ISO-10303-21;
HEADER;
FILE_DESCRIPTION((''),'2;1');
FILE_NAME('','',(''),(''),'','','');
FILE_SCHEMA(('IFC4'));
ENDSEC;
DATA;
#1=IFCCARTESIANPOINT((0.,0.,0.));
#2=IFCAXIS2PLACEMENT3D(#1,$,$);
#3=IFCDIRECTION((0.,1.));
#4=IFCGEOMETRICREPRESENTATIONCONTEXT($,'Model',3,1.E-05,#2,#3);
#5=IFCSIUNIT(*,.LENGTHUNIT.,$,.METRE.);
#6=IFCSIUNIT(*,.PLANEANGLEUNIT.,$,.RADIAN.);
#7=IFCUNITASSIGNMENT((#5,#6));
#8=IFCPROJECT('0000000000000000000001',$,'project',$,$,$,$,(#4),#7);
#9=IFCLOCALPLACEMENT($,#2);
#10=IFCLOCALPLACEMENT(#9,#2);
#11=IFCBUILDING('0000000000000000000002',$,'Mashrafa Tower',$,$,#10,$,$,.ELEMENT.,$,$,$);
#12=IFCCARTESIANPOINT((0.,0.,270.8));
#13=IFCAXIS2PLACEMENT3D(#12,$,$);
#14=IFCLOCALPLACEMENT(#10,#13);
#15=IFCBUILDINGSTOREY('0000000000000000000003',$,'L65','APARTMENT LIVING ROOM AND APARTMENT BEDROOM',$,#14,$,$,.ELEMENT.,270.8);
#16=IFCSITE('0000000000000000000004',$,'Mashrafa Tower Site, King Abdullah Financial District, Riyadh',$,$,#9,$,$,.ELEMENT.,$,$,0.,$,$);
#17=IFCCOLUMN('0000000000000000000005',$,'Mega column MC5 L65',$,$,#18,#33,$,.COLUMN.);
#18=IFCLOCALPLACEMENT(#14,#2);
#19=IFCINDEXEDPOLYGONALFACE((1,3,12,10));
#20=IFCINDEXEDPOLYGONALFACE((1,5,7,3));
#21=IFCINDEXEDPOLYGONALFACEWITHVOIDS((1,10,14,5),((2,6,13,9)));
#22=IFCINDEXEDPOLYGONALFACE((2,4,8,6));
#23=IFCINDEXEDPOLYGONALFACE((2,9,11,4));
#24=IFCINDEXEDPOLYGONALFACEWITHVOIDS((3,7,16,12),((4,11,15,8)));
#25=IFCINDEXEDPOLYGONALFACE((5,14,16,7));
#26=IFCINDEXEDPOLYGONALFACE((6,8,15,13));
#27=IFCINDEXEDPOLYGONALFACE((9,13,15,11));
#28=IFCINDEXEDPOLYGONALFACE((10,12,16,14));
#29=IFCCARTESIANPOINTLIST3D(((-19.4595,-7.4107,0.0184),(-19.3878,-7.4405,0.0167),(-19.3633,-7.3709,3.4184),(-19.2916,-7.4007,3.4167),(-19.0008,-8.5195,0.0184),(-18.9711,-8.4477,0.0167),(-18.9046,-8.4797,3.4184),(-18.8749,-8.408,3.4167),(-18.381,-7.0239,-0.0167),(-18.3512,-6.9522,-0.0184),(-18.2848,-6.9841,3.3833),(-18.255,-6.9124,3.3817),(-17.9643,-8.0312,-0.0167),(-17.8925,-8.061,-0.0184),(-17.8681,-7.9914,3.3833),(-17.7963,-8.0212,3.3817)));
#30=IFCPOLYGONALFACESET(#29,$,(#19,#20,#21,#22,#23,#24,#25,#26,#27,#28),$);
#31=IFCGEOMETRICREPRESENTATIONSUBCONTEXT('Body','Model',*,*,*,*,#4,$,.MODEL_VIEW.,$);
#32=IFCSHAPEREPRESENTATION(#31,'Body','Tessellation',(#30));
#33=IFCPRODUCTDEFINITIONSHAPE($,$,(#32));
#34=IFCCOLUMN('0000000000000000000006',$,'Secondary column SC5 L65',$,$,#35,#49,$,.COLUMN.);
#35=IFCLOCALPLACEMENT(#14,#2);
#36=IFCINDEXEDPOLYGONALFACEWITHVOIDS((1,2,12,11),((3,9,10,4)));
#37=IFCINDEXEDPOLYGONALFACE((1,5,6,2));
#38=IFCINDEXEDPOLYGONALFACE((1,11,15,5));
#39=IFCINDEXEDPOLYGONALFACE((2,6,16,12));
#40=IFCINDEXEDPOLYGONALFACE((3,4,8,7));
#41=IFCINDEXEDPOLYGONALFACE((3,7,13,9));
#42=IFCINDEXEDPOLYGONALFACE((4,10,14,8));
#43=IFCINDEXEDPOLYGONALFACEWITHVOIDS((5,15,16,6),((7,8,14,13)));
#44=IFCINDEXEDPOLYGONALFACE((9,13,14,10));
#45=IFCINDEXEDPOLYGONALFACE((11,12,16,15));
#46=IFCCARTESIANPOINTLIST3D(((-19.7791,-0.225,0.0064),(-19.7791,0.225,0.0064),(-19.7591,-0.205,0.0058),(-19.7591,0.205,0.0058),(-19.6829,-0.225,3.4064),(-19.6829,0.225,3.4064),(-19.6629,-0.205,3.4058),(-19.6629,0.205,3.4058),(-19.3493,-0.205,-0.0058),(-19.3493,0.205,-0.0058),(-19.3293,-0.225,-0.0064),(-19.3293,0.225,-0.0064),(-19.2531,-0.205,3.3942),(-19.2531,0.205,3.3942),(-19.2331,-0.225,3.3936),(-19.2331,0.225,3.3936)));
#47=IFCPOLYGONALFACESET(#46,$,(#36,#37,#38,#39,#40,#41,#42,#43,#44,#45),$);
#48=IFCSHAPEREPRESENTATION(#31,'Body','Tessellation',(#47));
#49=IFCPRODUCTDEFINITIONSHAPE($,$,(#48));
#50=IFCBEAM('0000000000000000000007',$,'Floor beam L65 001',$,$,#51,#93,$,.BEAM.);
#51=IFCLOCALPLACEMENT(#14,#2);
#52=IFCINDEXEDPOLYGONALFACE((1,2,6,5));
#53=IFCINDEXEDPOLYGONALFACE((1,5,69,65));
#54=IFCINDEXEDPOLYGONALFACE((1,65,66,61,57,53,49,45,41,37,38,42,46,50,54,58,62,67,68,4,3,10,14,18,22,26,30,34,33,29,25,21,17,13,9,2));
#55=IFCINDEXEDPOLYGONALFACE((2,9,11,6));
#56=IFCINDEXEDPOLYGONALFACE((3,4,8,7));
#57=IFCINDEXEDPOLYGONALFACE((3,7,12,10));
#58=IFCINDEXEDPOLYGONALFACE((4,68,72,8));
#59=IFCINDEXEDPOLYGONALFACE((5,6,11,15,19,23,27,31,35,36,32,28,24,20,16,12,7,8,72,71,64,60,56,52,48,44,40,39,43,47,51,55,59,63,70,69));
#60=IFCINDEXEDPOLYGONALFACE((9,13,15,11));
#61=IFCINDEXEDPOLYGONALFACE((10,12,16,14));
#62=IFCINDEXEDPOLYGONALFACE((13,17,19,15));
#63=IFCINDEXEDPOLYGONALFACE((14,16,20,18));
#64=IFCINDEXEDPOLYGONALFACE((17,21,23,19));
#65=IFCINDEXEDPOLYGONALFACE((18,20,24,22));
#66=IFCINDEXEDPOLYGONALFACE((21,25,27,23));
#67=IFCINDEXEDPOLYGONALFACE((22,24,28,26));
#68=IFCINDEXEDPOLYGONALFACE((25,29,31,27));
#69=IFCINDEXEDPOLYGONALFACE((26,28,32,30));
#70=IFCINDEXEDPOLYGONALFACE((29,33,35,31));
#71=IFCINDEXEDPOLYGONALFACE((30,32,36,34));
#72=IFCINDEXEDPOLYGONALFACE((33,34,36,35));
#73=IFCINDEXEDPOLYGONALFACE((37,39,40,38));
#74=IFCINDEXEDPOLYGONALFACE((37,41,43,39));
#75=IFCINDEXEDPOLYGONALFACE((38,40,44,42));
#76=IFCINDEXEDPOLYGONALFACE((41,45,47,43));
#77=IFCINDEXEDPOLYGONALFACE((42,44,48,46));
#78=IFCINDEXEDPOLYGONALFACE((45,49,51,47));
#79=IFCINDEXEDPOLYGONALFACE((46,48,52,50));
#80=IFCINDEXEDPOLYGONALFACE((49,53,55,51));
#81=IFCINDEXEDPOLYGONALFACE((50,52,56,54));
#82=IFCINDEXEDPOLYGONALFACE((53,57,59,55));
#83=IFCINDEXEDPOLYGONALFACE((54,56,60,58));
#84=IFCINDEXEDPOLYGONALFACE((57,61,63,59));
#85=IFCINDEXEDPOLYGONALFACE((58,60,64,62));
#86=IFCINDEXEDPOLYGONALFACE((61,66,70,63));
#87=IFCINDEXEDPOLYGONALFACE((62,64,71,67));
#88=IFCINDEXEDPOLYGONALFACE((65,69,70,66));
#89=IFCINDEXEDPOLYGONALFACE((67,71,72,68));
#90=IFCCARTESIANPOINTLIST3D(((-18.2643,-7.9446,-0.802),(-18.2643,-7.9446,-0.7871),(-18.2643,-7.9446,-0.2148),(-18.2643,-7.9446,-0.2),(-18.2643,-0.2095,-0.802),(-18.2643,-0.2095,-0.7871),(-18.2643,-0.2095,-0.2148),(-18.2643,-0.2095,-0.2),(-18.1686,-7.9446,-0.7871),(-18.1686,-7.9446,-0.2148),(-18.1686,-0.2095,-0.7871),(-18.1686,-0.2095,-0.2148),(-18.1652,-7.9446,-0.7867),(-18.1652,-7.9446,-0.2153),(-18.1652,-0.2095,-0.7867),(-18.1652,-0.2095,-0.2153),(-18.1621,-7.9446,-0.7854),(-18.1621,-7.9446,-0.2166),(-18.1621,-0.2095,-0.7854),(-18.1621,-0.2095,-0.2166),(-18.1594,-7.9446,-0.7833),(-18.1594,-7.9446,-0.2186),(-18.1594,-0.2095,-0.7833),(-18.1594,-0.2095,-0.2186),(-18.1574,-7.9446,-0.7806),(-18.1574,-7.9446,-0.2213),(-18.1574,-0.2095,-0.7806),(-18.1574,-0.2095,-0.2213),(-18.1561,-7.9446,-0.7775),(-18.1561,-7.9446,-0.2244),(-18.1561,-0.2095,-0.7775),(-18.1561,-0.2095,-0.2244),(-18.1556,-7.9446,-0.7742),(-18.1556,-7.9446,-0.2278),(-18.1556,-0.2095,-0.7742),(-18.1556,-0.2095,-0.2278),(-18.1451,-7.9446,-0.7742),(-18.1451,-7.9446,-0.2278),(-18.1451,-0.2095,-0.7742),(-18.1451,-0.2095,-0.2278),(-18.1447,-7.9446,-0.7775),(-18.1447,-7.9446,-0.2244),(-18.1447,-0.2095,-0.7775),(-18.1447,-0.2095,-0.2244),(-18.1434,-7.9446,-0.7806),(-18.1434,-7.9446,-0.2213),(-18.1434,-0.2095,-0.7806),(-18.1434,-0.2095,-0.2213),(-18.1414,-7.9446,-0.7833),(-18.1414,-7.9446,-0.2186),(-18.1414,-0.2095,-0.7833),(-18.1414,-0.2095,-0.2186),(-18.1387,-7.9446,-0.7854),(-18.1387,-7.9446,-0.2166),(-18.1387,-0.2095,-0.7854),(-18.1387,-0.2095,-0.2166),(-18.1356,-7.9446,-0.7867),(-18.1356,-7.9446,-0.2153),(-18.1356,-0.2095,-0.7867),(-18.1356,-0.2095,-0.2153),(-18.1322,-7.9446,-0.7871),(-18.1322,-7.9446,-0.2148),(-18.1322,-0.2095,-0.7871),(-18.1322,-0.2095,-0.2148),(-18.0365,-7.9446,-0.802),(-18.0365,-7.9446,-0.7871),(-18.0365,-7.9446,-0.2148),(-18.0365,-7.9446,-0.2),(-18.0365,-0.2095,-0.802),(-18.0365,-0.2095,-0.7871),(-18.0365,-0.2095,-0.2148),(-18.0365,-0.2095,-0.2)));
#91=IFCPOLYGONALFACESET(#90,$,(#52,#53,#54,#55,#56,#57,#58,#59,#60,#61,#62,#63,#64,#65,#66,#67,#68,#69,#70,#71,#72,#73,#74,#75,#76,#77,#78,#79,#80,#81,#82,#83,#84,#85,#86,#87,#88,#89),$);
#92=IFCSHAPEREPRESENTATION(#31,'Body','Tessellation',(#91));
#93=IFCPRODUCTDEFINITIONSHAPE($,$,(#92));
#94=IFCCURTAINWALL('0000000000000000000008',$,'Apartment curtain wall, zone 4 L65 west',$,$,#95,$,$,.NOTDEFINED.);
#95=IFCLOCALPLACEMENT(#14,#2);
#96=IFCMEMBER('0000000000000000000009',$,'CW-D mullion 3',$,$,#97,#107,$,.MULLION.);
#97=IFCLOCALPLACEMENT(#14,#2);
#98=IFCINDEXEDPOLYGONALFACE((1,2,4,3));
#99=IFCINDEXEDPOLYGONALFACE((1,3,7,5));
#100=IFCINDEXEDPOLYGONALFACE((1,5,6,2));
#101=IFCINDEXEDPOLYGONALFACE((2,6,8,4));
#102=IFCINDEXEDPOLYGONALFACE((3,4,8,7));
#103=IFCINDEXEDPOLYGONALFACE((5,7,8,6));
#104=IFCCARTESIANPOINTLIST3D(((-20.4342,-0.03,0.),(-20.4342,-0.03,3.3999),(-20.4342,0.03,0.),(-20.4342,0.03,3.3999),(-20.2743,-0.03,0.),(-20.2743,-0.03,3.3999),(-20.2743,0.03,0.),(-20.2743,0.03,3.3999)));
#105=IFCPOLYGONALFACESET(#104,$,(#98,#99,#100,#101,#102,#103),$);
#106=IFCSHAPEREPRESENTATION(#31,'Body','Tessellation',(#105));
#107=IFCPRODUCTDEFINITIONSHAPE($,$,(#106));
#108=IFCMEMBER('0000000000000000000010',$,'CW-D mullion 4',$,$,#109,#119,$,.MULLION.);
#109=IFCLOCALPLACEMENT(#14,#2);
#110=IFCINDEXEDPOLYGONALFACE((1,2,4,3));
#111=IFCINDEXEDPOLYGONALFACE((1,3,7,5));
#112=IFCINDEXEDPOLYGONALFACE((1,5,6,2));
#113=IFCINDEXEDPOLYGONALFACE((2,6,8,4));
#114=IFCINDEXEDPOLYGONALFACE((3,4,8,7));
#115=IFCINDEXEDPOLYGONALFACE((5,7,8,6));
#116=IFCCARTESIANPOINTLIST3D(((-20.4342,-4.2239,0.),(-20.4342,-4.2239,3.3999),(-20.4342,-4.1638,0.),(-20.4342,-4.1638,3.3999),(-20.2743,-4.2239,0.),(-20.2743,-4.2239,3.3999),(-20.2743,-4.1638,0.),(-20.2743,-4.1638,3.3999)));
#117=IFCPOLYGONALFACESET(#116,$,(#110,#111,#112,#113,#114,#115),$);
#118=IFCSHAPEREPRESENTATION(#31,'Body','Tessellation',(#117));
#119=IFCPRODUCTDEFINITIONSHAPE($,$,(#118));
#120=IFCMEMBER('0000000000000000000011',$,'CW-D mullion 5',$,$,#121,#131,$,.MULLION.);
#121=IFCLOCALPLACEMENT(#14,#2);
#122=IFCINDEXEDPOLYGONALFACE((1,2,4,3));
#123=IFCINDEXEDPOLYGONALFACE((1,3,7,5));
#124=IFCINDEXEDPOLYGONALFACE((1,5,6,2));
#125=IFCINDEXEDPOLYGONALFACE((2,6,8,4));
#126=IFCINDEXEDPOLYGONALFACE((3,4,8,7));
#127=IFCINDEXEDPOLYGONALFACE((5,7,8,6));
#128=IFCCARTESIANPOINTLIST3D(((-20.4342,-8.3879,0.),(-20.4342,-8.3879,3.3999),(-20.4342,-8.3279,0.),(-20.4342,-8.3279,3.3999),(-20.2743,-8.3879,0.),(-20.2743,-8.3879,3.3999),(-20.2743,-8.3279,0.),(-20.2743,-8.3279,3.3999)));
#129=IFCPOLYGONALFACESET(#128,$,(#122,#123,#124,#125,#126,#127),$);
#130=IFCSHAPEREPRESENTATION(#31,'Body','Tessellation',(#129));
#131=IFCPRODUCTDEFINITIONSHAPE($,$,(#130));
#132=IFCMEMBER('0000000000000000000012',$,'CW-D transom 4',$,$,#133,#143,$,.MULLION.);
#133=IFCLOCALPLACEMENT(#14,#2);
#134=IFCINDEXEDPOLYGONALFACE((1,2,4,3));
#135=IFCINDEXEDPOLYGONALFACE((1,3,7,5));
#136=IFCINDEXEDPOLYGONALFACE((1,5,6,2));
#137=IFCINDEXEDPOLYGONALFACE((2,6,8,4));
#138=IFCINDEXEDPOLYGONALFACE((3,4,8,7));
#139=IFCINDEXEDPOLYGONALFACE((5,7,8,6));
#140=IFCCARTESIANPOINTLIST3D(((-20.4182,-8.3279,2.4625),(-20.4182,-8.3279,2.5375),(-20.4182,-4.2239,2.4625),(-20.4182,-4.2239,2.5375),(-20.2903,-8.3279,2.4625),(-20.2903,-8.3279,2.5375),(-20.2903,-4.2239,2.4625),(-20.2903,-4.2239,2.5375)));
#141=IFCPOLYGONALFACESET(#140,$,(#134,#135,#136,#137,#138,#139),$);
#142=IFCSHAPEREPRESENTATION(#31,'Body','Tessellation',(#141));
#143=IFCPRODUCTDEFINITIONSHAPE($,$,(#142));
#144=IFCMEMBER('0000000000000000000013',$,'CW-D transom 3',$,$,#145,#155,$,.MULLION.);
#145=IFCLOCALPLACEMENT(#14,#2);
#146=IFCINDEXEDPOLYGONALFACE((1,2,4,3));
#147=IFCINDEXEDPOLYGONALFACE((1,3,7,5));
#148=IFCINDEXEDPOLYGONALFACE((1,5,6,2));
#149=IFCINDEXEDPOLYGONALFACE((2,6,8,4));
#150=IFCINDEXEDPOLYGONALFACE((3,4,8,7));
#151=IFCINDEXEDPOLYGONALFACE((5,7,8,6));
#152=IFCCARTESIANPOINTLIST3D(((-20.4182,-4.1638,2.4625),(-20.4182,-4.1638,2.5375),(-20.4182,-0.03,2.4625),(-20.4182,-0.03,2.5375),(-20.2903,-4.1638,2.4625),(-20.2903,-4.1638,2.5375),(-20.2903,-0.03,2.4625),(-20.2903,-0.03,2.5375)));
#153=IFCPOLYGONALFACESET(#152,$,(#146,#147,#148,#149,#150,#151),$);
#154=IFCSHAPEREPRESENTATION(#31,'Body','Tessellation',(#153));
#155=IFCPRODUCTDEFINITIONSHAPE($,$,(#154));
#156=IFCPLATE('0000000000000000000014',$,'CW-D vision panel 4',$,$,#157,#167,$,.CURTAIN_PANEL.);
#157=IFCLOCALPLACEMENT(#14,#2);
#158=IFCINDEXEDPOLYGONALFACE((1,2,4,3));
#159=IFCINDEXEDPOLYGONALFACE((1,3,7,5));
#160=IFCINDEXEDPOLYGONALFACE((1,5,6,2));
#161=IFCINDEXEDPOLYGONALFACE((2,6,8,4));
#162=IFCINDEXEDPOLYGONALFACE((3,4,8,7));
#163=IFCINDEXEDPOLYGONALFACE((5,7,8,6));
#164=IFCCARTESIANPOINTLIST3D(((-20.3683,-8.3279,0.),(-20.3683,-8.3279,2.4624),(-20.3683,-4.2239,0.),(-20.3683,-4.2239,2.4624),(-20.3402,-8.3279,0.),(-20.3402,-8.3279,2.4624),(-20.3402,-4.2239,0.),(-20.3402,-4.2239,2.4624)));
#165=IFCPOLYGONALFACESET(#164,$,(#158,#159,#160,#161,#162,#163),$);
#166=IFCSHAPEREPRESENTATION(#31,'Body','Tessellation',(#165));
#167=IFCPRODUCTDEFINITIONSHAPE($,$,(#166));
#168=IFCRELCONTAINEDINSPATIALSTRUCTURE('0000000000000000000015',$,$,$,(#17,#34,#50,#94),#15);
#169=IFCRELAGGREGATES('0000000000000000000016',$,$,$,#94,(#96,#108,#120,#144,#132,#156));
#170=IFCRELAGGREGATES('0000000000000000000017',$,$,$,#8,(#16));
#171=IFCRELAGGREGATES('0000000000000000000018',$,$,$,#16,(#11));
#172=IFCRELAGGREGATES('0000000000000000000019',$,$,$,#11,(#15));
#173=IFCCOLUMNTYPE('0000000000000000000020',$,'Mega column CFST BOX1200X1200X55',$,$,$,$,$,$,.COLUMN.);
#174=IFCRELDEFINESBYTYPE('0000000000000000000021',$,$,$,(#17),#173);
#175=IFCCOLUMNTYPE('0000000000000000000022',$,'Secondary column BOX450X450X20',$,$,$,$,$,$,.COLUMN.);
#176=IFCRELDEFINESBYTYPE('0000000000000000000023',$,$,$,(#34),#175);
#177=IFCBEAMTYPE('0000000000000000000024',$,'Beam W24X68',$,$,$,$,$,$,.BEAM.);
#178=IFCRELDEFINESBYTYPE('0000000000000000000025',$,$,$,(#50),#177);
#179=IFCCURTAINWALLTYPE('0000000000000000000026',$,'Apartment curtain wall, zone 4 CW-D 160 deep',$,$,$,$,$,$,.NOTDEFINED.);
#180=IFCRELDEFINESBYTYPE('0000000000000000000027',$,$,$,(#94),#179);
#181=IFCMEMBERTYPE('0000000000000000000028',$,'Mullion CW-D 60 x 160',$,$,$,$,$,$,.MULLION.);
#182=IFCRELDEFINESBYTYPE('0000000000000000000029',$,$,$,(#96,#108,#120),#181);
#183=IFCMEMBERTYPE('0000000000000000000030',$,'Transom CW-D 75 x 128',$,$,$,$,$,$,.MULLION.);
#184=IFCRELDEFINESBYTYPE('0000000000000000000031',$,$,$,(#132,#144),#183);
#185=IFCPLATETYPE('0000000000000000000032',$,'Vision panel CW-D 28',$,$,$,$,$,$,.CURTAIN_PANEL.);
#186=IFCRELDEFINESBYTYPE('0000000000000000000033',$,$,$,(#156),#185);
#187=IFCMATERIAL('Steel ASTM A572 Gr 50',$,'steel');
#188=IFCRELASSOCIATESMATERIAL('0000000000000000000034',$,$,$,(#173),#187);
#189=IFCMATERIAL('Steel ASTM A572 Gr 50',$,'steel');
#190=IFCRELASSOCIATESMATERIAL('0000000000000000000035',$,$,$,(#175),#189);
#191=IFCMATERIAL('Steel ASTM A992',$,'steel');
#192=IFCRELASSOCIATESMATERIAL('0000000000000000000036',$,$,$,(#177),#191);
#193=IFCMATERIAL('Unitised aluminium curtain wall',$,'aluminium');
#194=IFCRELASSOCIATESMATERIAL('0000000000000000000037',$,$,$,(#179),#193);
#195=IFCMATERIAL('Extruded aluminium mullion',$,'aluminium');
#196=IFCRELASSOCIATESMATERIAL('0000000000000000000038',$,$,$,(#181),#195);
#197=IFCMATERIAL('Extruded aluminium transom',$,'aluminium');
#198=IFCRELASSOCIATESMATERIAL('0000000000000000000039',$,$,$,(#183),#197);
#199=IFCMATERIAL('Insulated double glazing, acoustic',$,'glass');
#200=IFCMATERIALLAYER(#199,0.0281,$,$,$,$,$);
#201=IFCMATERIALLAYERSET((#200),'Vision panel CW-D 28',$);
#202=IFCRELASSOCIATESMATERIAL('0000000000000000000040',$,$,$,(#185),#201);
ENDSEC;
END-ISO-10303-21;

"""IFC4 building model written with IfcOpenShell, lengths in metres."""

from ifc_helpers import new_model, si_unit, direction, frame, origin, origin_2d, place, context, subcontext, project, spatial, rectangle, hollow_rectangle, i_section, extrude, source, transform, mapped, material, layer, layer_set, material_profile, profile_set, type_object, type_shapes, element, aggregate, save


model = new_model("IFC4")

# Units and contexts
model_context = context("Model", 3, precision=1e-05, world=origin(), true_north=direction((0.0, 1.0)))
body_context = subcontext(model_context, "Body", "Model", "MODEL_VIEW")
ifc_project = project(units=[si_unit("LENGTHUNIT", "METRE"), si_unit("PLANEANGLEUNIT", "RADIAN")], contexts=[model_context])

# Site, building, storey
site_placement = place(None, origin())
site = spatial("IfcSite", under=ifc_project, at=site_placement, Name="Mashrafa Tower Site, King Abdullah Financial District, Riyadh", CompositionType="ELEMENT", RefElevation=0.0)
building_placement = place(site_placement, origin())
building = spatial("IfcBuilding", under=site, at=building_placement, Name="Mashrafa Tower", CompositionType="ELEMENT")
storey_placement = place(building_placement, frame((0.0, 0.0, 270.8)))
storey = spatial("IfcBuildingStorey", under=building, at=storey_placement, Name="L65", Description="APARTMENT LIVING ROOM AND APARTMENT BEDROOM", CompositionType="ELEMENT", Elevation=270.8)

# Columns
ifc_material_1 = material(Name="Steel ASTM A572 Gr 50", Category="steel")
ifc_material_profile_1 = material_profile(ifc_material_1, hollow_rectangle(XDim=1.2, YDim=1.2, WallThickness=0.0549, at=origin_2d()), Name="BOX1200X1200X55")
ifc_profile_set_1 = profile_set([ifc_material_profile_1], Name="Steel ASTM A572 Gr 50")
column_type_1 = type_object("IfcColumnType", Name="Mega column CFST BOX1200X1200X55", PredefinedType="COLUMN", material=ifc_profile_set_1)
column_1_placement = place(storey_placement, frame((-18.676, -7.7358, 0.0), z_axis=(0.028279, 0.011699, 0.999532), x_axis=(-0.382283, 0.924045, 0.0)))
element("IfcColumn", 1, at=column_1_placement, inside=storey, type_object=column_type_1, Name="Mega column MC5 L65", PredefinedType="COLUMN", context=body_context, shape_type="SweptSolid", body=[
    extrude(hollow_rectangle(XDim=1.2, YDim=1.2, WallThickness=0.0549, at=origin_2d()), origin(), (0.0, 0.0, 1.0), 3.4016),
])
ifc_material_2 = material(Name="Steel ASTM A572 Gr 50", Category="steel")
ifc_material_profile_2 = material_profile(ifc_material_2, hollow_rectangle(XDim=0.45, YDim=0.45, WallThickness=0.02, at=origin_2d()), Name="BOX450X450X20")
ifc_profile_set_2 = profile_set([ifc_material_profile_2], Name="Steel ASTM A572 Gr 50")
column_type_2 = type_object("IfcColumnType", Name="Secondary column BOX450X450X20", PredefinedType="COLUMN", material=ifc_profile_set_2)
column_2_placement = place(storey_placement, frame((-19.5542, 0.0, 0.0), z_axis=(0.028281, 0.0, 0.9996), x_axis=(0.0, 1.0, 0.0)))
element("IfcColumn", 2, at=column_2_placement, inside=storey, type_object=column_type_2, Name="Secondary column SC5 L65", PredefinedType="COLUMN", context=body_context, shape_type="SweptSolid", body=[
    extrude(hollow_rectangle(XDim=0.45, YDim=0.45, WallThickness=0.02, at=origin_2d()), origin(), (0.0, 0.0, 1.0), 3.4014),
])

# Beam
ifc_material_3 = material(Name="Steel ASTM A992", Category="steel")
ifc_material_profile_3 = material_profile(ifc_material_3, i_section(OverallWidth=0.2278, OverallDepth=0.6021, WebThickness=0.0105, FlangeThickness=0.0149, FilletRadius=0.0129, at=origin_2d()), Name="W24X68")
ifc_profile_set_3 = profile_set([ifc_material_profile_3], Name="Steel ASTM A992")
beam_type = type_object("IfcBeamType", Name="Beam W24X68", PredefinedType="BEAM", material=ifc_profile_set_3)
beam_placement = place(storey_placement, frame((-18.1504, -7.9446, -0.501), z_axis=(0.0, 1.0, 0.0), x_axis=(-1.0, 0.0, 0.0)))
element("IfcBeam", 3, at=beam_placement, inside=storey, type_object=beam_type, Name="Floor beam L65 001", PredefinedType="BEAM", context=body_context, shape_type="SweptSolid", body=[
    extrude(i_section(OverallWidth=0.2278, OverallDepth=0.6021, WebThickness=0.0105, FlangeThickness=0.0149, FilletRadius=0.0129, at=origin_2d()), origin(), (0.0, 0.0, 1.0), 7.7351),
])

# Curtain wall, members, plate
ifc_material_4 = material(Name="Unitised aluminium curtain wall", Category="aluminium")
curtain_wall_type = type_object("IfcCurtainWallType", Name="Apartment curtain wall, zone 4 CW-D 160 deep", PredefinedType="NOTDEFINED", material=ifc_material_4)
curtain_wall_placement = place(storey_placement, origin())
curtain_wall = element("IfcCurtainWall", 4, at=curtain_wall_placement, inside=storey, type_object=curtain_wall_type, Name="Apartment curtain wall, zone 4 L65 west", PredefinedType="NOTDEFINED")
ifc_material_5 = material(Name="Extruded aluminium mullion", Category="aluminium")
ifc_material_profile_4 = material_profile(ifc_material_5, rectangle(XDim=0.1599, YDim=0.0601, at=origin_2d()), Name="Mullion 60x160")
ifc_profile_set_4 = profile_set([ifc_material_profile_4], Name="Extruded aluminium mullion")
member_type_1 = type_object("IfcMemberType", Name="Mullion CW-D 60 x 160", PredefinedType="MULLION", material=ifc_profile_set_4)
shared_shape_1 = source(origin(), body_context, "Body", "SweptSolid", [
    extrude(rectangle(XDim=0.1599, YDim=0.0601, at=origin_2d()), origin(), (0.0, 0.0, 1.0), 3.3999),
])
type_shapes(member_type_1, [shared_shape_1])
member_1_placement = place(storey_placement, frame((-20.3542, 0.0, 0.0), z_axis=(0.0, 0.0, 1.0), x_axis=(1.0, 0.0, 0.0)))
member_1 = element("IfcMember", 5, at=member_1_placement, type_object=member_type_1, Name="CW-D mullion 3", PredefinedType="MULLION", context=body_context, shape_type="MappedRepresentation", body=[
    mapped(shared_shape_1, transform((0.0, 0.0, 0.0))),
])
member_2_placement = place(storey_placement, frame((-20.3542, -4.1938, 0.0), z_axis=(0.0, 0.0, 1.0), x_axis=(1.0, 0.0, 0.0)))
member_2 = element("IfcMember", 6, at=member_2_placement, type_object=member_type_1, Name="CW-D mullion 4", PredefinedType="MULLION", context=body_context, shape_type="MappedRepresentation", body=[
    mapped(shared_shape_1, transform((0.0, 0.0, 0.0))),
])
member_3_placement = place(storey_placement, frame((-20.3542, -8.3579, 0.0), z_axis=(0.0, 0.0, 1.0), x_axis=(1.0, 0.0, 0.0)))
member_3 = element("IfcMember", 7, at=member_3_placement, type_object=member_type_1, Name="CW-D mullion 5", PredefinedType="MULLION", context=body_context, shape_type="MappedRepresentation", body=[
    mapped(shared_shape_1, transform((0.0, 0.0, 0.0))),
])
ifc_material_6 = material(Name="Extruded aluminium transom", Category="aluminium")
ifc_material_profile_5 = material_profile(ifc_material_6, rectangle(XDim=0.1279, YDim=0.075, at=origin_2d()), Name="Transom 75x128")
ifc_profile_set_5 = profile_set([ifc_material_profile_5], Name="Extruded aluminium transom")
member_type_2 = type_object("IfcMemberType", Name="Transom CW-D 75 x 128", PredefinedType="MULLION", material=ifc_profile_set_5)
shared_shape_2 = source(origin(), body_context, "Body", "SweptSolid", [
    extrude(rectangle(XDim=0.1279, YDim=0.075, at=origin_2d()), origin(), (0.0, 0.0, 1.0), 4.104),
])
member_4_placement = place(storey_placement, frame((-20.3542, -4.2239, 2.5), z_axis=(0.0, -1.0, 0.0), x_axis=(1.0, 0.0, 0.0)))
member_4 = element("IfcMember", 8, at=member_4_placement, type_object=member_type_2, Name="CW-D transom 4", PredefinedType="MULLION", context=body_context, shape_type="MappedRepresentation", body=[
    mapped(shared_shape_2, transform((0.0, 0.0, 0.0))),
])
shared_shape_3 = source(origin(), body_context, "Body", "SweptSolid", [
    extrude(rectangle(XDim=0.1279, YDim=0.075, at=origin_2d()), origin(), (0.0, 0.0, 1.0), 4.1338),
])
type_shapes(member_type_2, [shared_shape_2, shared_shape_3])
member_5_placement = place(storey_placement, frame((-20.3542, -0.03, 2.5), z_axis=(0.0, -1.0, 0.0), x_axis=(1.0, 0.0, 0.0)))
member_5 = element("IfcMember", 9, at=member_5_placement, type_object=member_type_2, Name="CW-D transom 3", PredefinedType="MULLION", context=body_context, shape_type="MappedRepresentation", body=[
    mapped(shared_shape_3, transform((0.0, 0.0, 0.0))),
])
ifc_material_7 = material(Name="Insulated double glazing, acoustic", Category="glass")
ifc_layer_1 = layer(ifc_material_7, 0.0281)
ifc_layer_set_1 = layer_set([ifc_layer_1], Name="Vision panel CW-D 28")
plate_type_1 = type_object("IfcPlateType", Name="Vision panel CW-D 28", PredefinedType="CURTAIN_PANEL", material=ifc_layer_set_1)
shared_shape_4 = source(origin(), body_context, "Body", "SweptSolid", [
    extrude(rectangle(XDim=4.104, YDim=0.0281, at=origin_2d()), origin(), (0.0, 0.0, 1.0), 2.4624),
])
plate_1_placement = place(storey_placement, frame((-20.3542, -6.2759, 0.0), z_axis=(0.0, 0.0, 1.0), x_axis=(0.0, -1.0, 0.0)))
plate_1 = element("IfcPlate", 10, at=plate_1_placement, type_object=plate_type_1, Name="CW-D vision panel 4", PredefinedType="CURTAIN_PANEL", context=body_context, shape_type="MappedRepresentation", body=[
    mapped(shared_shape_4, transform((0.0, 0.0, 0.0))),
])
aggregate(curtain_wall, [member_1, member_2, member_3, member_5, member_4, plate_1])

save(model, "model.ifc")
